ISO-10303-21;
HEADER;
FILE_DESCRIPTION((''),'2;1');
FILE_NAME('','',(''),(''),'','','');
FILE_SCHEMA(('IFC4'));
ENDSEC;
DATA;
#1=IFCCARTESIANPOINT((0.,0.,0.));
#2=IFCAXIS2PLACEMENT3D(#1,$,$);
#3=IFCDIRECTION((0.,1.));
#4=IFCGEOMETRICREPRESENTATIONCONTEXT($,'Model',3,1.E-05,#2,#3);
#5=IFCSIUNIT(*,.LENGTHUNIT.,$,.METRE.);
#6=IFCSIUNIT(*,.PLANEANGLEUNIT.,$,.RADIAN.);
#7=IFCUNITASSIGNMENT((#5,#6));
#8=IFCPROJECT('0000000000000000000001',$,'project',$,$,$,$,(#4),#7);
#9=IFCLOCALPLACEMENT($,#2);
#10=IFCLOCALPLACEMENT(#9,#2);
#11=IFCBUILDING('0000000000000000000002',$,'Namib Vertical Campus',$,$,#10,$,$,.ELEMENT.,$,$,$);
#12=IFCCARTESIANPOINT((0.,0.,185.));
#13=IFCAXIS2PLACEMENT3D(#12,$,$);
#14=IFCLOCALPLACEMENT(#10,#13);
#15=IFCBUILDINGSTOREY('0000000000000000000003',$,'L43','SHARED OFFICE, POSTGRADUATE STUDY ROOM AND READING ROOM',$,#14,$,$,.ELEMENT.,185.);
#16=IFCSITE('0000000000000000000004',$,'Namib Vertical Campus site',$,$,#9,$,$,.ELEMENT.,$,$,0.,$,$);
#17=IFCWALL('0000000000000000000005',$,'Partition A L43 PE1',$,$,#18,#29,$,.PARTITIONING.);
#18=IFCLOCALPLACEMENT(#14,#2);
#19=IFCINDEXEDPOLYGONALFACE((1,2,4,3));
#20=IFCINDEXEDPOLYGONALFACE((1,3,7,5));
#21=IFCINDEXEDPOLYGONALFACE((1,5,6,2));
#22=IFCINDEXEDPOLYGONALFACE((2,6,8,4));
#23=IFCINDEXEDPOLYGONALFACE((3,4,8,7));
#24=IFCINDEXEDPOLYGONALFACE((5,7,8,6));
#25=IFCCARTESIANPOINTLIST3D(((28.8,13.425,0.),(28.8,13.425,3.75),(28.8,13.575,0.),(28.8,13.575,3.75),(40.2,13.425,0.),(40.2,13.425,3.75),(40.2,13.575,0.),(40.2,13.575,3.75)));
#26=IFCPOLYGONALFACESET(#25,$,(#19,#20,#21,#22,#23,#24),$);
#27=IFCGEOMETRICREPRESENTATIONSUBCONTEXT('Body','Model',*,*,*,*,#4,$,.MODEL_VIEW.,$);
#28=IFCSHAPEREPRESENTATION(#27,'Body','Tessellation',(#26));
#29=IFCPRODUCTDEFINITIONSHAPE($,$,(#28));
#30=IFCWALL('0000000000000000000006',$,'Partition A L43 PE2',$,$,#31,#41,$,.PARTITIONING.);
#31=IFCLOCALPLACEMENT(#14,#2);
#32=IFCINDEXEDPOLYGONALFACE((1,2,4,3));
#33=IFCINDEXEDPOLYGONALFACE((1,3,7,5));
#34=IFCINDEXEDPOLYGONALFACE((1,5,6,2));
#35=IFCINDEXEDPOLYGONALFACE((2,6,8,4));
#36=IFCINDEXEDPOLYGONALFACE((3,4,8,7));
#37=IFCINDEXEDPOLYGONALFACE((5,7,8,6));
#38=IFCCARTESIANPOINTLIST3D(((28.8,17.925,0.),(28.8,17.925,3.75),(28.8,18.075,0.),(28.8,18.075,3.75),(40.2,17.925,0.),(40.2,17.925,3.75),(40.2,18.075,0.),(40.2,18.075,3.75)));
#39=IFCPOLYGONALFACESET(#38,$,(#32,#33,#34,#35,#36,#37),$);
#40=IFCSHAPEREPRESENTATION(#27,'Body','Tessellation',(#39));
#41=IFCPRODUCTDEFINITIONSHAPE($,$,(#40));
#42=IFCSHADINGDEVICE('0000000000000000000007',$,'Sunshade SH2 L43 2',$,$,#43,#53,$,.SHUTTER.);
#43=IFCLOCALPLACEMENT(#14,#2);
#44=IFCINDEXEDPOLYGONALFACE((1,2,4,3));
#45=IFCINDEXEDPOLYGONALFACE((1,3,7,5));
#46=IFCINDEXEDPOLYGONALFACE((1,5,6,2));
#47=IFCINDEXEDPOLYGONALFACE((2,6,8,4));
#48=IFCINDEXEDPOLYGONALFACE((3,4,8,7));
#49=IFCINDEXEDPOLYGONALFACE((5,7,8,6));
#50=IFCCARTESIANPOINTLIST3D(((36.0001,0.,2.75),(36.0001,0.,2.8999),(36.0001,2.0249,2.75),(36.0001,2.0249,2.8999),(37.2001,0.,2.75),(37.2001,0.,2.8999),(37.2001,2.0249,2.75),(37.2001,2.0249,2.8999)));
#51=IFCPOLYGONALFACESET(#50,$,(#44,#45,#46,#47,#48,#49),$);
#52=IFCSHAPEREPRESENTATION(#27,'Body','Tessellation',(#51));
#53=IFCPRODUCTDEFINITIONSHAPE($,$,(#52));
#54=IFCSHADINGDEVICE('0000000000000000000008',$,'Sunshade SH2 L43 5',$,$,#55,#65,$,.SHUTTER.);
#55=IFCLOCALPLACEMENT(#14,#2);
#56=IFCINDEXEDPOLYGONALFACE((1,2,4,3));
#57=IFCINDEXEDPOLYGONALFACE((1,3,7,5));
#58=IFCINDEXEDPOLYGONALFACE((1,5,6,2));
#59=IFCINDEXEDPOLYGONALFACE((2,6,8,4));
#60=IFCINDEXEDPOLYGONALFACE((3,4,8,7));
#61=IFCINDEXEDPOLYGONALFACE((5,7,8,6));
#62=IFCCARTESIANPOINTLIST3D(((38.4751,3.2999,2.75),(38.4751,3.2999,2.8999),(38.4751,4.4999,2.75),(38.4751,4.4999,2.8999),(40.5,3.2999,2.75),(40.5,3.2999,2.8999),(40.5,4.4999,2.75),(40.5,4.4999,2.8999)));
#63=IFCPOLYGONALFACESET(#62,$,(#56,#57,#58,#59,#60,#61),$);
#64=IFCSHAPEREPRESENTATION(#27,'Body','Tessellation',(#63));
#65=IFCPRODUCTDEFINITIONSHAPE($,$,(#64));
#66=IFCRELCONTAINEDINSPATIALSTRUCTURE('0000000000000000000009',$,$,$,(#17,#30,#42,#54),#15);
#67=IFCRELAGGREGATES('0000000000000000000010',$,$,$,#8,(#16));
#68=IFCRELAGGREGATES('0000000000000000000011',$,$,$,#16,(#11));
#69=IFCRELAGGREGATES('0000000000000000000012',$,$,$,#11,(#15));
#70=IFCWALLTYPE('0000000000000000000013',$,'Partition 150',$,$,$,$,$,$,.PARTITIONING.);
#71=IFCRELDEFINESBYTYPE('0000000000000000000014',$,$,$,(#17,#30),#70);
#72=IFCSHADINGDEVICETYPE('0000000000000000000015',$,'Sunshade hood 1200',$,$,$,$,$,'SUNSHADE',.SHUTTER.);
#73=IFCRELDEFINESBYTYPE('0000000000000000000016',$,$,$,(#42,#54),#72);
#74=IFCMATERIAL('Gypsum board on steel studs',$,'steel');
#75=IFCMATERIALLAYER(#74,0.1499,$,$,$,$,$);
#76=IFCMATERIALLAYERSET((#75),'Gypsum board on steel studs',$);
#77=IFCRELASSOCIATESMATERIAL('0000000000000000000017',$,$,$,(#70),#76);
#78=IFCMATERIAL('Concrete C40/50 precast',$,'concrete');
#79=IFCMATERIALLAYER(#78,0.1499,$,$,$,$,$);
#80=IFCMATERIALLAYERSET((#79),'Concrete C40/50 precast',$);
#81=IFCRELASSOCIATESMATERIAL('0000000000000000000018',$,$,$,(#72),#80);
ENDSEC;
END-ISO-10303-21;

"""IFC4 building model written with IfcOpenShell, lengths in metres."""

from ifc_helpers import new_model, si_unit, direction, frame, frame_2d, origin, origin_2d, place, context, subcontext, project, spatial, rectangle, extrude, material, layer, layer_set, type_object, element, save


model = new_model("IFC4")

# Units and contexts
model_context = context("Model", 3, precision=1e-05, world=origin(), true_north=direction((0.0, 1.0)))
body_context = subcontext(model_context, "Body", "Model", "MODEL_VIEW")
ifc_project = project(units=[si_unit("LENGTHUNIT", "METRE"), si_unit("PLANEANGLEUNIT", "RADIAN")], contexts=[model_context])

# Site, building, storey
site_placement = place(None, origin())
site = spatial("IfcSite", under=ifc_project, at=site_placement, Name="Namib Vertical Campus site", CompositionType="ELEMENT", RefElevation=0.0)
building_placement = place(site_placement, origin())
building = spatial("IfcBuilding", under=site, at=building_placement, Name="Namib Vertical Campus", CompositionType="ELEMENT")
storey_placement = place(building_placement, frame((0.0, 0.0, 185.0)))
storey = spatial("IfcBuildingStorey", under=building, at=storey_placement, Name="L43", Description="SHARED OFFICE, POSTGRADUATE STUDY ROOM AND READING ROOM", CompositionType="ELEMENT", Elevation=185.0)

# Walls
ifc_material_1 = material(Name="Gypsum board on steel studs", Category="steel")
ifc_layer_1 = layer(ifc_material_1, 0.1499)
ifc_layer_set_1 = layer_set([ifc_layer_1], Name="Gypsum board on steel studs")
wall_type_1 = type_object("IfcWallType", Name="Partition 150", PredefinedType="PARTITIONING", material=ifc_layer_set_1)
for number, where, z_axis, x_axis, name in (
    (1, (28.8, 13.5, 0.0), (0.0, 0.0, 1.0), (1.0, 0.0, 0.0), "Partition A L43 PE1"),
    (2, (28.8, 18.0, 0.0), (0.0, 0.0, 1.0), (1.0, 0.0, 0.0), "Partition A L43 PE2"),
):
    element("IfcWall", number, at=place(storey_placement, frame(where, z_axis=z_axis, x_axis=x_axis)), inside=storey, type_object=wall_type_1, Name=name, PredefinedType="PARTITIONING", context=body_context, shape_type="SweptSolid", body=[
        extrude(rectangle(XDim=11.3999, YDim=0.1499, at=frame_2d((5.7, 0.0))), origin(), (0.0, 0.0, 1.0), 3.75),
    ])

# Shading devices
ifc_material_2 = material(Name="Concrete C40/50 precast", Category="concrete")
ifc_layer_2 = layer(ifc_material_2, 0.1499)
ifc_layer_set_2 = layer_set([ifc_layer_2], Name="Concrete C40/50 precast")
shading_device_type = type_object("IfcShadingDeviceType", Name="Sunshade hood 1200", ElementType="SUNSHADE", PredefinedType="SHUTTER", material=ifc_layer_set_2)
for number, where, z_axis, x_axis, name in (
    (3, (36.6001, 1.0125, 2.75), (0.0, 0.0, 1.0), (0.0, 1.0, 0.0), "Sunshade SH2 L43 2"),
    (4, (39.4875, 3.8999, 2.75), (0.0, 0.0, 1.0), (1.0, 0.0, 0.0), "Sunshade SH2 L43 5"),
):
    element("IfcShadingDevice", number, at=place(storey_placement, frame(where, z_axis=z_axis, x_axis=x_axis)), inside=storey, type_object=shading_device_type, Name=name, PredefinedType="SHUTTER", context=body_context, shape_type="SweptSolid", body=[
        extrude(rectangle(XDim=2.0249, YDim=1.2, at=origin_2d()), origin(), (0.0, 0.0, 1.0), 0.1499),
    ])

save(model, "model.ifc")
